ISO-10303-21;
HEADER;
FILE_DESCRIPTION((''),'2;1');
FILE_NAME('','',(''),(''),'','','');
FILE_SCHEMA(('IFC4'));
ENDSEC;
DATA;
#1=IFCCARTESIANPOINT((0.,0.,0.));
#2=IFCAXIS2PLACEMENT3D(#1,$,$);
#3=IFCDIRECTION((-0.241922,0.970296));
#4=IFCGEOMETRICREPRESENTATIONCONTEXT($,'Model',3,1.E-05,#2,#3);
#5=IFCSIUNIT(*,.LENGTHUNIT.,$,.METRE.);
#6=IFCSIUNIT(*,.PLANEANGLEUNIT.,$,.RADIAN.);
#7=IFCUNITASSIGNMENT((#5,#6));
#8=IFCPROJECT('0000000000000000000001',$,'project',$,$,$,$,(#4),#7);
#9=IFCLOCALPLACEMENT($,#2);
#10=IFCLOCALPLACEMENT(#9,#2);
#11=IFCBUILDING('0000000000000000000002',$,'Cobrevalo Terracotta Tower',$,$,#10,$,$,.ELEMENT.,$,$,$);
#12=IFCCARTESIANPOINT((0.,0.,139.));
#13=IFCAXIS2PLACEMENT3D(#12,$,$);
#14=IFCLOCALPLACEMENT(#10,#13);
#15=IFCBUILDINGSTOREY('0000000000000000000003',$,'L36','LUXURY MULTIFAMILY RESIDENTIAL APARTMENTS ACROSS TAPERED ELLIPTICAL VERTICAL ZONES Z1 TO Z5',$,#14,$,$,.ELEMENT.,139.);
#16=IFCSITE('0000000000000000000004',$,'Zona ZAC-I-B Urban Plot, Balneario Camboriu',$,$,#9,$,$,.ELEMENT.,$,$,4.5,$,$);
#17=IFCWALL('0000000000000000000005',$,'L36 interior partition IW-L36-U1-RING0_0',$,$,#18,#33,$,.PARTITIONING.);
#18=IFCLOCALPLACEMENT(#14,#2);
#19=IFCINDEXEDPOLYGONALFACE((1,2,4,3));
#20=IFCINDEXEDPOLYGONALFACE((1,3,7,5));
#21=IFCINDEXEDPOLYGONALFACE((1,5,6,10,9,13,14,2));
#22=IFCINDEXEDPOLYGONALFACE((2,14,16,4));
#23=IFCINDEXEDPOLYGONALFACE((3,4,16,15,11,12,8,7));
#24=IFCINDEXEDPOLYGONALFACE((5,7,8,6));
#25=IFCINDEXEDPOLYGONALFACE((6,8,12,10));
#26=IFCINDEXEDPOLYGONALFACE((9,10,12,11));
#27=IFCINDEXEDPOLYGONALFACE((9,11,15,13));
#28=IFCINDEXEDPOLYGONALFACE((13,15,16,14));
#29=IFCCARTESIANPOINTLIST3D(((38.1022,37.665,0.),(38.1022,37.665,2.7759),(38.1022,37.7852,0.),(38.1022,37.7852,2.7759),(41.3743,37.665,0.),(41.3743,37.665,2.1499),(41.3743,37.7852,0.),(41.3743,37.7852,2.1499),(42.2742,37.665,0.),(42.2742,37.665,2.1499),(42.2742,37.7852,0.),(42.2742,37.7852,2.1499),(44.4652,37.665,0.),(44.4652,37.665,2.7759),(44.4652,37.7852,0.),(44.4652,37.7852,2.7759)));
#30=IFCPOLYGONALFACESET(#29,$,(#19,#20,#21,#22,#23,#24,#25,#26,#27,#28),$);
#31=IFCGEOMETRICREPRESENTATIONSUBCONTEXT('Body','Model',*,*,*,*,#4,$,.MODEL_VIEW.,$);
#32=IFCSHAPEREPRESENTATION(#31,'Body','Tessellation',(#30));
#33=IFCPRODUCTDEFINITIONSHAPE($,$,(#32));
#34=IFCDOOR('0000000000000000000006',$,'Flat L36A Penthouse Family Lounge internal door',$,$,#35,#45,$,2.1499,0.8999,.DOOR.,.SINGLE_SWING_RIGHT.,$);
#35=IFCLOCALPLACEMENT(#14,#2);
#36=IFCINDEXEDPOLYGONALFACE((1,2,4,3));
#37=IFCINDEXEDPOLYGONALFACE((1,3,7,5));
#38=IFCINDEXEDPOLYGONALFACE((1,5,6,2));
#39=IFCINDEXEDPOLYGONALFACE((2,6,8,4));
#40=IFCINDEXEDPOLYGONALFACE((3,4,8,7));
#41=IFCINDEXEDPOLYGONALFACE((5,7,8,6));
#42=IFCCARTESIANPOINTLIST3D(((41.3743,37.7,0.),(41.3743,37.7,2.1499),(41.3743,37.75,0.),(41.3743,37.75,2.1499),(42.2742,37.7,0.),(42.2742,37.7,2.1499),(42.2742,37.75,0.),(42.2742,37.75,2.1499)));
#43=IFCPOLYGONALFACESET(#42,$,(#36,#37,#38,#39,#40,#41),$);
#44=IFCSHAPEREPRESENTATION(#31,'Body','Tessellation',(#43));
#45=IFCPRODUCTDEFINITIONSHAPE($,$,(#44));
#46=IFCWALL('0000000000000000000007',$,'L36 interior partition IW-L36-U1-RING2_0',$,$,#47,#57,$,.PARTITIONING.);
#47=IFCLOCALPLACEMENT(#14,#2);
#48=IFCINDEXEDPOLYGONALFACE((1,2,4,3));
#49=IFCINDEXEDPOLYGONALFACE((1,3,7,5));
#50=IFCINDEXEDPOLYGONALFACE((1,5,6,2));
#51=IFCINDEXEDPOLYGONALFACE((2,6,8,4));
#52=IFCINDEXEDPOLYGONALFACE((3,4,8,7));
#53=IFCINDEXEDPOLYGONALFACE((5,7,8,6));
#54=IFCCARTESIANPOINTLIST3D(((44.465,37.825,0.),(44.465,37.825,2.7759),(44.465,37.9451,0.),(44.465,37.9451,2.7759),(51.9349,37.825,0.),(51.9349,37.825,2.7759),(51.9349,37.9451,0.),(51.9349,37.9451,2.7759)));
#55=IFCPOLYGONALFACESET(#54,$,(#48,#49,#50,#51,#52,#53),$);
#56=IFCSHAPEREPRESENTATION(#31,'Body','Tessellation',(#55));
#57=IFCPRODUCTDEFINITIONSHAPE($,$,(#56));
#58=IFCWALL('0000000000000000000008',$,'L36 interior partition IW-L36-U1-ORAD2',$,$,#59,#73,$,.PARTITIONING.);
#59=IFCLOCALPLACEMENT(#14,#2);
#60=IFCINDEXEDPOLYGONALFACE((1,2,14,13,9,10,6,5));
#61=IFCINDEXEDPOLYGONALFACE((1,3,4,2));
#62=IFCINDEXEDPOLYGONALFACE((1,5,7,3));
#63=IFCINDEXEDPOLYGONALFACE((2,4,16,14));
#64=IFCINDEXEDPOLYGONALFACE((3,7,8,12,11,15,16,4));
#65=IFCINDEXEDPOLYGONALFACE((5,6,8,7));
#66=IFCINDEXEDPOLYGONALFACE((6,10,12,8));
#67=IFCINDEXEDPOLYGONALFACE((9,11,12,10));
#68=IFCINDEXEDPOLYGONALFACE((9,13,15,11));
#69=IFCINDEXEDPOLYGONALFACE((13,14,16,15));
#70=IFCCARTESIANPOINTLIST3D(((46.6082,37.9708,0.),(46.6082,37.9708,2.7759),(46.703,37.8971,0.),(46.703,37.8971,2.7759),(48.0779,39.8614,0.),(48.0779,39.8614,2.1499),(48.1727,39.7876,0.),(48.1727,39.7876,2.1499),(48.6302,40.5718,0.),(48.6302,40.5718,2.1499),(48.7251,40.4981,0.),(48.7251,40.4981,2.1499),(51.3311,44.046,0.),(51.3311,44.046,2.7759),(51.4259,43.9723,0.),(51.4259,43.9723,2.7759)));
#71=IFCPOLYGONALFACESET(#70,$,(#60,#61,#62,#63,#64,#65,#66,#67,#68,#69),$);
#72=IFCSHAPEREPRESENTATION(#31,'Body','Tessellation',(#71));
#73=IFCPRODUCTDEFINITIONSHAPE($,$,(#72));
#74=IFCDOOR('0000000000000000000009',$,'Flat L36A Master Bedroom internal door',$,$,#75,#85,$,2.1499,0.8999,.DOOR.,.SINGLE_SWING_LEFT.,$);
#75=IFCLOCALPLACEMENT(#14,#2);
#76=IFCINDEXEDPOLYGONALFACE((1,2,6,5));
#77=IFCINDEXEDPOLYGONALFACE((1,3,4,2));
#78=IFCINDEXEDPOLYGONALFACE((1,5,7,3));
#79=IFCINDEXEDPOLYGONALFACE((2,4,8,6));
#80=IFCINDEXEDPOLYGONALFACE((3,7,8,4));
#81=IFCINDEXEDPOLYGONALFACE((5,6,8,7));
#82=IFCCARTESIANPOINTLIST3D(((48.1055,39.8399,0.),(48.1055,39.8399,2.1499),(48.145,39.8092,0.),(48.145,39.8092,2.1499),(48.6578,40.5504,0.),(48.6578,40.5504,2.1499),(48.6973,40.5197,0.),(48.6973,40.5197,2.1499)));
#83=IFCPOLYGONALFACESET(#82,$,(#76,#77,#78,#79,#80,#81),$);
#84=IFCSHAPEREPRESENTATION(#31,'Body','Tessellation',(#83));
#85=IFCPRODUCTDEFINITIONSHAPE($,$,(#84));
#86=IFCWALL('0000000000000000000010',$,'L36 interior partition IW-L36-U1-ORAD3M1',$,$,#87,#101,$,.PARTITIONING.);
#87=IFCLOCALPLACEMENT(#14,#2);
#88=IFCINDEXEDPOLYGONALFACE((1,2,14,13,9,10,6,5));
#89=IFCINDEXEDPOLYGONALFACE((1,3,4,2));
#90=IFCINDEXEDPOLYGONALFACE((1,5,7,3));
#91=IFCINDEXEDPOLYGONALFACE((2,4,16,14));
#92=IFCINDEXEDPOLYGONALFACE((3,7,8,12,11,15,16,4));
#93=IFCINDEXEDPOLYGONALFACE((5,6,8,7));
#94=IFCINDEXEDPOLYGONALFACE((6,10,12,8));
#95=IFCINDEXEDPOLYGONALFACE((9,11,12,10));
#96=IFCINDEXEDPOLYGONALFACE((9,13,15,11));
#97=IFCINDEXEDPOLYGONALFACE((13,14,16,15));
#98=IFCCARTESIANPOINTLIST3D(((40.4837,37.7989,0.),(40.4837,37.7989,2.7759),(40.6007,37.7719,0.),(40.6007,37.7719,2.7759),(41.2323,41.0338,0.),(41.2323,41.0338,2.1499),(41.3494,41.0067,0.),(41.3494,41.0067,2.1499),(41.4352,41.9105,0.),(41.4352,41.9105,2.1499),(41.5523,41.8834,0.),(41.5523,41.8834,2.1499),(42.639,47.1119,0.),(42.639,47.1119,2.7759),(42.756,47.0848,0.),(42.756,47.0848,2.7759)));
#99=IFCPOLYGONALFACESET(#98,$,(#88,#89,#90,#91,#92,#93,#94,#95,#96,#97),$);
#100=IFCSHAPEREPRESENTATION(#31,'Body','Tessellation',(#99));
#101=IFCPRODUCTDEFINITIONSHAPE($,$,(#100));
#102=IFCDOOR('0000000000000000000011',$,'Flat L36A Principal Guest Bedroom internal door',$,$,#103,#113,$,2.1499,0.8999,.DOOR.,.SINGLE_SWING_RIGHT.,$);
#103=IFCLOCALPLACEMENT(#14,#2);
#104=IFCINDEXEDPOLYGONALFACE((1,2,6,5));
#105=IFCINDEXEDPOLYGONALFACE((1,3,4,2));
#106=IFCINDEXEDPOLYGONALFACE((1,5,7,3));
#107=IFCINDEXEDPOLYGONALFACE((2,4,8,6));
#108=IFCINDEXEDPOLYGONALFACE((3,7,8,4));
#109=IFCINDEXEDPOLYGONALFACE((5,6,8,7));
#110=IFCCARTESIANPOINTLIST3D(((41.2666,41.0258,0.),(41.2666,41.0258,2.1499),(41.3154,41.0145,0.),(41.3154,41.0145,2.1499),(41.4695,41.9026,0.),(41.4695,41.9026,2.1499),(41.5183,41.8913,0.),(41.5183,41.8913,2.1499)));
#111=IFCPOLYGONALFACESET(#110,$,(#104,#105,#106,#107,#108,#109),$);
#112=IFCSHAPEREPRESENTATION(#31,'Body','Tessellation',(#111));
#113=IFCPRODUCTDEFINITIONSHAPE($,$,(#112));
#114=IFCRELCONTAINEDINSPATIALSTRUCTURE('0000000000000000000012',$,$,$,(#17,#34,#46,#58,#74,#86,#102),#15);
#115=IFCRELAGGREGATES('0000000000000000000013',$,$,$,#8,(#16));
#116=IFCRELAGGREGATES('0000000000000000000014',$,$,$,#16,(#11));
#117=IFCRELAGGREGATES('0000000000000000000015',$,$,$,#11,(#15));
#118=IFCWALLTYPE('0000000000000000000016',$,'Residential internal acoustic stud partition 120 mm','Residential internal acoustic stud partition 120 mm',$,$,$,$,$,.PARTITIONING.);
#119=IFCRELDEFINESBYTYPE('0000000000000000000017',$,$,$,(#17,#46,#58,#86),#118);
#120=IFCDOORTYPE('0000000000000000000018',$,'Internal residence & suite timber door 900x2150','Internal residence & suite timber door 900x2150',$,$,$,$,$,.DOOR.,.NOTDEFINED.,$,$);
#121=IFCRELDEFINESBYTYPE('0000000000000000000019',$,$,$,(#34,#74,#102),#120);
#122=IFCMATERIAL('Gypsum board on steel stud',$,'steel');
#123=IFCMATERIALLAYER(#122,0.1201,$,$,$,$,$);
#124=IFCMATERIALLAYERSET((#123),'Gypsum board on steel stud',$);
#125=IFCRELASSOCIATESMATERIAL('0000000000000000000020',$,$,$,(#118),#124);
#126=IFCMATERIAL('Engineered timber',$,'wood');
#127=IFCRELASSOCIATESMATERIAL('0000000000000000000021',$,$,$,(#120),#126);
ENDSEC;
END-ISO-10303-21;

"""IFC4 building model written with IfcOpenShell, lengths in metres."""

from ifc_helpers import new_model, si_unit, direction, frame, frame_2d, origin, place, context, subcontext, project, spatial, rectangle, extrude, source, transform, mapped, material, layer, layer_set, type_object, element, fill, save


model = new_model("IFC4")

# Units and contexts
model_context = context("Model", 3, precision=1e-05, world=origin(), true_north=direction((-0.241922, 0.970296)))
body_context = subcontext(model_context, "Body", "Model", "MODEL_VIEW")
ifc_project = project(units=[si_unit("LENGTHUNIT", "METRE"), si_unit("PLANEANGLEUNIT", "RADIAN")], contexts=[model_context])

# Site, building, storey
site_placement = place(None, origin())
site = spatial("IfcSite", under=ifc_project, at=site_placement, Name="Zona ZAC-I-B Urban Plot, Balneario Camboriu", CompositionType="ELEMENT", RefElevation=4.5)
building_placement = place(site_placement, origin())
building = spatial("IfcBuilding", under=site, at=building_placement, Name="Cobrevalo Terracotta Tower", CompositionType="ELEMENT")
storey_placement = place(building_placement, frame((0.0, 0.0, 139.0)))
storey = spatial("IfcBuildingStorey", under=building, at=storey_placement, Name="L36", Description="LUXURY MULTIFAMILY RESIDENTIAL APARTMENTS ACROSS TAPERED ELLIPTICAL VERTICAL ZONES Z1 TO Z5", CompositionType="ELEMENT", Elevation=139.0)

# Wall, opening, door
ifc_material_1 = material(Name="Gypsum board on steel stud", Category="steel")
ifc_layer_1 = layer(ifc_material_1, 0.1201)
ifc_layer_set_1 = layer_set([ifc_layer_1], Name="Gypsum board on steel stud")
wall_type_1 = type_object("IfcWallType", Name="Residential internal acoustic stud partition 120 mm", Description="Residential internal acoustic stud partition 120 mm", PredefinedType="PARTITIONING", material=ifc_layer_set_1)
wall_1_placement = place(storey_placement, frame((38.1021, 37.7251, 0.0), z_axis=(0.0, 0.0, 1.0), x_axis=(1.0, 0.0, 0.0)))
wall_1 = element("IfcWall", 1, at=wall_1_placement, inside=storey, type_object=wall_type_1, Name="L36 interior partition IW-L36-U1-RING0_0", PredefinedType="PARTITIONING", context=body_context, shape_type="SweptSolid", body=[
    extrude(rectangle(XDim=6.363, YDim=0.1201, at=frame_2d((3.1816, 0.0))), origin(), (0.0, 0.0, 1.0), 2.7759),
])
opening_1_placement = place(wall_1_placement, frame((3.2722, 0.0, 0.0)))
opening_1 = element("IfcOpeningElement", 2, at=opening_1_placement, cuts=wall_1, PredefinedType="OPENING", context=body_context, shape_type="SweptSolid", body=[
    extrude(rectangle(XDim=0.8999, YDim=2.1499, at=frame_2d((0.45, 1.075))), frame((0.0, 0.0701, 0.0), z_axis=(0.0, -1.0, 0.0), x_axis=(1.0, 0.0, 0.0)), (0.0, 0.0, 1.0), 0.1401),
])
ifc_material_2 = material(Name="Engineered timber", Category="wood")
door_type_1 = type_object("IfcDoorType", Name="Internal residence & suite timber door 900x2150", Description="Internal residence & suite timber door 900x2150", OperationType="NOTDEFINED", PredefinedType="DOOR", material=ifc_material_2)
shared_shape_1 = source(origin(), body_context, "Body", "SweptSolid", [
    extrude(rectangle(XDim=0.8999, YDim=2.1499, at=frame_2d((0.45, 1.075))), frame((0.0, 0.0249, 0.0), z_axis=(0.0, -1.0, 0.0), x_axis=(1.0, 0.0, 0.0)), (0.0, 0.0, 1.0), 0.05),
])
door_1_placement = place(opening_1_placement, origin())
door_1 = element("IfcDoor", 3, at=door_1_placement, inside=storey, type_object=door_type_1, Name="Flat L36A Penthouse Family Lounge internal door", OperationType="SINGLE_SWING_RIGHT", OverallHeight=2.1499, OverallWidth=0.8999, PredefinedType="DOOR", context=body_context, shape_type="MappedRepresentation", body=[
    mapped(shared_shape_1, transform((0.0, 0.0, 0.0), scale=1.0)),
])
fill(opening_1, door_1)

# Wall
wall_2_placement = place(storey_placement, frame((44.4651, 37.885, 0.0), z_axis=(0.0, 0.0, 1.0), x_axis=(1.0, 0.0, 0.0)))
element("IfcWall", 4, at=wall_2_placement, inside=storey, type_object=wall_type_1, Name="L36 interior partition IW-L36-U1-RING2_0", PredefinedType="PARTITIONING", context=body_context, shape_type="SweptSolid", body=[
    extrude(rectangle(XDim=7.47, YDim=0.1201, at=frame_2d((3.7349, 0.0))), origin(), (0.0, 0.0, 1.0), 2.7759),
])

# Walls, openings, doors
wall_3_placement = place(storey_placement, frame((46.6555, 37.9338, 0.0), z_axis=(0.0, 0.0, 1.0), x_axis=(0.613758, 0.789494, 0.0)))
wall_3 = element("IfcWall", 5, at=wall_3_placement, inside=storey, type_object=wall_type_1, Name="L36 interior partition IW-L36-U1-ORAD2", PredefinedType="PARTITIONING", context=body_context, shape_type="SweptSolid", body=[
    extrude(rectangle(XDim=7.6951, YDim=0.1201, at=frame_2d((3.8477, 0.0))), origin(), (0.0, 0.0, 1.0), 2.7759),
])
opening_2_placement = place(wall_3_placement, frame((2.3948, 0.0, 0.0)))
opening_2 = element("IfcOpeningElement", 6, at=opening_2_placement, cuts=wall_3, PredefinedType="OPENING", context=body_context, shape_type="SweptSolid", body=[
    extrude(rectangle(XDim=0.8999, YDim=2.1499, at=frame_2d((0.45, 1.075))), frame((0.0, 0.0701, 0.0), z_axis=(0.0, -1.0, 0.0), x_axis=(1.0, 0.0, 0.0)), (0.0, 0.0, 1.0), 0.1401),
])
door_2_placement = place(opening_2_placement, frame((0.8999, 0.0, 0.0), z_axis=(0.0, 0.0, 1.0), x_axis=(-1.0, 0.0, 0.0)))
door_2 = element("IfcDoor", 7, at=door_2_placement, inside=storey, type_object=door_type_1, Name="Flat L36A Master Bedroom internal door", OperationType="SINGLE_SWING_LEFT", OverallHeight=2.1499, OverallWidth=0.8999, PredefinedType="DOOR", context=body_context, shape_type="MappedRepresentation", body=[
    mapped(shared_shape_1, transform((0.0, 0.0, 0.0), scale=1.0)),
])
fill(opening_2, door_2)
wall_4_placement = place(storey_placement, frame((40.5422, 37.7854, 0.0), z_axis=(0.0, 0.0, 1.0), x_axis=(0.225468, 0.974251, 0.0)))
wall_4 = element("IfcWall", 8, at=wall_4_placement, inside=storey, type_object=wall_type_1, Name="L36 interior partition IW-L36-U1-ORAD3M1", PredefinedType="PARTITIONING", context=body_context, shape_type="SweptSolid", body=[
    extrude(rectangle(XDim=9.5591, YDim=0.1201, at=frame_2d((4.7795, 0.0))), origin(), (0.0, 0.0, 1.0), 2.7759),
])
opening_3_placement = place(wall_4_placement, frame((3.3203, 0.0, 0.0)))
opening_3 = element("IfcOpeningElement", 9, at=opening_3_placement, cuts=wall_4, PredefinedType="OPENING", context=body_context, shape_type="SweptSolid", body=[
    extrude(rectangle(XDim=0.8999, YDim=2.1499, at=frame_2d((0.45, 1.075))), frame((0.0, 0.0701, 0.0), z_axis=(0.0, -1.0, 0.0), x_axis=(1.0, 0.0, 0.0)), (0.0, 0.0, 1.0), 0.1401),
])
door_3_placement = place(opening_3_placement, origin())
door_3 = element("IfcDoor", 10, at=door_3_placement, inside=storey, type_object=door_type_1, Name="Flat L36A Principal Guest Bedroom internal door", OperationType="SINGLE_SWING_RIGHT", OverallHeight=2.1499, OverallWidth=0.8999, PredefinedType="DOOR", context=body_context, shape_type="MappedRepresentation", body=[
    mapped(shared_shape_1, transform((0.0, 0.0, 0.0), scale=1.0)),
])
fill(opening_3, door_3)

save(model, "model.ifc")
